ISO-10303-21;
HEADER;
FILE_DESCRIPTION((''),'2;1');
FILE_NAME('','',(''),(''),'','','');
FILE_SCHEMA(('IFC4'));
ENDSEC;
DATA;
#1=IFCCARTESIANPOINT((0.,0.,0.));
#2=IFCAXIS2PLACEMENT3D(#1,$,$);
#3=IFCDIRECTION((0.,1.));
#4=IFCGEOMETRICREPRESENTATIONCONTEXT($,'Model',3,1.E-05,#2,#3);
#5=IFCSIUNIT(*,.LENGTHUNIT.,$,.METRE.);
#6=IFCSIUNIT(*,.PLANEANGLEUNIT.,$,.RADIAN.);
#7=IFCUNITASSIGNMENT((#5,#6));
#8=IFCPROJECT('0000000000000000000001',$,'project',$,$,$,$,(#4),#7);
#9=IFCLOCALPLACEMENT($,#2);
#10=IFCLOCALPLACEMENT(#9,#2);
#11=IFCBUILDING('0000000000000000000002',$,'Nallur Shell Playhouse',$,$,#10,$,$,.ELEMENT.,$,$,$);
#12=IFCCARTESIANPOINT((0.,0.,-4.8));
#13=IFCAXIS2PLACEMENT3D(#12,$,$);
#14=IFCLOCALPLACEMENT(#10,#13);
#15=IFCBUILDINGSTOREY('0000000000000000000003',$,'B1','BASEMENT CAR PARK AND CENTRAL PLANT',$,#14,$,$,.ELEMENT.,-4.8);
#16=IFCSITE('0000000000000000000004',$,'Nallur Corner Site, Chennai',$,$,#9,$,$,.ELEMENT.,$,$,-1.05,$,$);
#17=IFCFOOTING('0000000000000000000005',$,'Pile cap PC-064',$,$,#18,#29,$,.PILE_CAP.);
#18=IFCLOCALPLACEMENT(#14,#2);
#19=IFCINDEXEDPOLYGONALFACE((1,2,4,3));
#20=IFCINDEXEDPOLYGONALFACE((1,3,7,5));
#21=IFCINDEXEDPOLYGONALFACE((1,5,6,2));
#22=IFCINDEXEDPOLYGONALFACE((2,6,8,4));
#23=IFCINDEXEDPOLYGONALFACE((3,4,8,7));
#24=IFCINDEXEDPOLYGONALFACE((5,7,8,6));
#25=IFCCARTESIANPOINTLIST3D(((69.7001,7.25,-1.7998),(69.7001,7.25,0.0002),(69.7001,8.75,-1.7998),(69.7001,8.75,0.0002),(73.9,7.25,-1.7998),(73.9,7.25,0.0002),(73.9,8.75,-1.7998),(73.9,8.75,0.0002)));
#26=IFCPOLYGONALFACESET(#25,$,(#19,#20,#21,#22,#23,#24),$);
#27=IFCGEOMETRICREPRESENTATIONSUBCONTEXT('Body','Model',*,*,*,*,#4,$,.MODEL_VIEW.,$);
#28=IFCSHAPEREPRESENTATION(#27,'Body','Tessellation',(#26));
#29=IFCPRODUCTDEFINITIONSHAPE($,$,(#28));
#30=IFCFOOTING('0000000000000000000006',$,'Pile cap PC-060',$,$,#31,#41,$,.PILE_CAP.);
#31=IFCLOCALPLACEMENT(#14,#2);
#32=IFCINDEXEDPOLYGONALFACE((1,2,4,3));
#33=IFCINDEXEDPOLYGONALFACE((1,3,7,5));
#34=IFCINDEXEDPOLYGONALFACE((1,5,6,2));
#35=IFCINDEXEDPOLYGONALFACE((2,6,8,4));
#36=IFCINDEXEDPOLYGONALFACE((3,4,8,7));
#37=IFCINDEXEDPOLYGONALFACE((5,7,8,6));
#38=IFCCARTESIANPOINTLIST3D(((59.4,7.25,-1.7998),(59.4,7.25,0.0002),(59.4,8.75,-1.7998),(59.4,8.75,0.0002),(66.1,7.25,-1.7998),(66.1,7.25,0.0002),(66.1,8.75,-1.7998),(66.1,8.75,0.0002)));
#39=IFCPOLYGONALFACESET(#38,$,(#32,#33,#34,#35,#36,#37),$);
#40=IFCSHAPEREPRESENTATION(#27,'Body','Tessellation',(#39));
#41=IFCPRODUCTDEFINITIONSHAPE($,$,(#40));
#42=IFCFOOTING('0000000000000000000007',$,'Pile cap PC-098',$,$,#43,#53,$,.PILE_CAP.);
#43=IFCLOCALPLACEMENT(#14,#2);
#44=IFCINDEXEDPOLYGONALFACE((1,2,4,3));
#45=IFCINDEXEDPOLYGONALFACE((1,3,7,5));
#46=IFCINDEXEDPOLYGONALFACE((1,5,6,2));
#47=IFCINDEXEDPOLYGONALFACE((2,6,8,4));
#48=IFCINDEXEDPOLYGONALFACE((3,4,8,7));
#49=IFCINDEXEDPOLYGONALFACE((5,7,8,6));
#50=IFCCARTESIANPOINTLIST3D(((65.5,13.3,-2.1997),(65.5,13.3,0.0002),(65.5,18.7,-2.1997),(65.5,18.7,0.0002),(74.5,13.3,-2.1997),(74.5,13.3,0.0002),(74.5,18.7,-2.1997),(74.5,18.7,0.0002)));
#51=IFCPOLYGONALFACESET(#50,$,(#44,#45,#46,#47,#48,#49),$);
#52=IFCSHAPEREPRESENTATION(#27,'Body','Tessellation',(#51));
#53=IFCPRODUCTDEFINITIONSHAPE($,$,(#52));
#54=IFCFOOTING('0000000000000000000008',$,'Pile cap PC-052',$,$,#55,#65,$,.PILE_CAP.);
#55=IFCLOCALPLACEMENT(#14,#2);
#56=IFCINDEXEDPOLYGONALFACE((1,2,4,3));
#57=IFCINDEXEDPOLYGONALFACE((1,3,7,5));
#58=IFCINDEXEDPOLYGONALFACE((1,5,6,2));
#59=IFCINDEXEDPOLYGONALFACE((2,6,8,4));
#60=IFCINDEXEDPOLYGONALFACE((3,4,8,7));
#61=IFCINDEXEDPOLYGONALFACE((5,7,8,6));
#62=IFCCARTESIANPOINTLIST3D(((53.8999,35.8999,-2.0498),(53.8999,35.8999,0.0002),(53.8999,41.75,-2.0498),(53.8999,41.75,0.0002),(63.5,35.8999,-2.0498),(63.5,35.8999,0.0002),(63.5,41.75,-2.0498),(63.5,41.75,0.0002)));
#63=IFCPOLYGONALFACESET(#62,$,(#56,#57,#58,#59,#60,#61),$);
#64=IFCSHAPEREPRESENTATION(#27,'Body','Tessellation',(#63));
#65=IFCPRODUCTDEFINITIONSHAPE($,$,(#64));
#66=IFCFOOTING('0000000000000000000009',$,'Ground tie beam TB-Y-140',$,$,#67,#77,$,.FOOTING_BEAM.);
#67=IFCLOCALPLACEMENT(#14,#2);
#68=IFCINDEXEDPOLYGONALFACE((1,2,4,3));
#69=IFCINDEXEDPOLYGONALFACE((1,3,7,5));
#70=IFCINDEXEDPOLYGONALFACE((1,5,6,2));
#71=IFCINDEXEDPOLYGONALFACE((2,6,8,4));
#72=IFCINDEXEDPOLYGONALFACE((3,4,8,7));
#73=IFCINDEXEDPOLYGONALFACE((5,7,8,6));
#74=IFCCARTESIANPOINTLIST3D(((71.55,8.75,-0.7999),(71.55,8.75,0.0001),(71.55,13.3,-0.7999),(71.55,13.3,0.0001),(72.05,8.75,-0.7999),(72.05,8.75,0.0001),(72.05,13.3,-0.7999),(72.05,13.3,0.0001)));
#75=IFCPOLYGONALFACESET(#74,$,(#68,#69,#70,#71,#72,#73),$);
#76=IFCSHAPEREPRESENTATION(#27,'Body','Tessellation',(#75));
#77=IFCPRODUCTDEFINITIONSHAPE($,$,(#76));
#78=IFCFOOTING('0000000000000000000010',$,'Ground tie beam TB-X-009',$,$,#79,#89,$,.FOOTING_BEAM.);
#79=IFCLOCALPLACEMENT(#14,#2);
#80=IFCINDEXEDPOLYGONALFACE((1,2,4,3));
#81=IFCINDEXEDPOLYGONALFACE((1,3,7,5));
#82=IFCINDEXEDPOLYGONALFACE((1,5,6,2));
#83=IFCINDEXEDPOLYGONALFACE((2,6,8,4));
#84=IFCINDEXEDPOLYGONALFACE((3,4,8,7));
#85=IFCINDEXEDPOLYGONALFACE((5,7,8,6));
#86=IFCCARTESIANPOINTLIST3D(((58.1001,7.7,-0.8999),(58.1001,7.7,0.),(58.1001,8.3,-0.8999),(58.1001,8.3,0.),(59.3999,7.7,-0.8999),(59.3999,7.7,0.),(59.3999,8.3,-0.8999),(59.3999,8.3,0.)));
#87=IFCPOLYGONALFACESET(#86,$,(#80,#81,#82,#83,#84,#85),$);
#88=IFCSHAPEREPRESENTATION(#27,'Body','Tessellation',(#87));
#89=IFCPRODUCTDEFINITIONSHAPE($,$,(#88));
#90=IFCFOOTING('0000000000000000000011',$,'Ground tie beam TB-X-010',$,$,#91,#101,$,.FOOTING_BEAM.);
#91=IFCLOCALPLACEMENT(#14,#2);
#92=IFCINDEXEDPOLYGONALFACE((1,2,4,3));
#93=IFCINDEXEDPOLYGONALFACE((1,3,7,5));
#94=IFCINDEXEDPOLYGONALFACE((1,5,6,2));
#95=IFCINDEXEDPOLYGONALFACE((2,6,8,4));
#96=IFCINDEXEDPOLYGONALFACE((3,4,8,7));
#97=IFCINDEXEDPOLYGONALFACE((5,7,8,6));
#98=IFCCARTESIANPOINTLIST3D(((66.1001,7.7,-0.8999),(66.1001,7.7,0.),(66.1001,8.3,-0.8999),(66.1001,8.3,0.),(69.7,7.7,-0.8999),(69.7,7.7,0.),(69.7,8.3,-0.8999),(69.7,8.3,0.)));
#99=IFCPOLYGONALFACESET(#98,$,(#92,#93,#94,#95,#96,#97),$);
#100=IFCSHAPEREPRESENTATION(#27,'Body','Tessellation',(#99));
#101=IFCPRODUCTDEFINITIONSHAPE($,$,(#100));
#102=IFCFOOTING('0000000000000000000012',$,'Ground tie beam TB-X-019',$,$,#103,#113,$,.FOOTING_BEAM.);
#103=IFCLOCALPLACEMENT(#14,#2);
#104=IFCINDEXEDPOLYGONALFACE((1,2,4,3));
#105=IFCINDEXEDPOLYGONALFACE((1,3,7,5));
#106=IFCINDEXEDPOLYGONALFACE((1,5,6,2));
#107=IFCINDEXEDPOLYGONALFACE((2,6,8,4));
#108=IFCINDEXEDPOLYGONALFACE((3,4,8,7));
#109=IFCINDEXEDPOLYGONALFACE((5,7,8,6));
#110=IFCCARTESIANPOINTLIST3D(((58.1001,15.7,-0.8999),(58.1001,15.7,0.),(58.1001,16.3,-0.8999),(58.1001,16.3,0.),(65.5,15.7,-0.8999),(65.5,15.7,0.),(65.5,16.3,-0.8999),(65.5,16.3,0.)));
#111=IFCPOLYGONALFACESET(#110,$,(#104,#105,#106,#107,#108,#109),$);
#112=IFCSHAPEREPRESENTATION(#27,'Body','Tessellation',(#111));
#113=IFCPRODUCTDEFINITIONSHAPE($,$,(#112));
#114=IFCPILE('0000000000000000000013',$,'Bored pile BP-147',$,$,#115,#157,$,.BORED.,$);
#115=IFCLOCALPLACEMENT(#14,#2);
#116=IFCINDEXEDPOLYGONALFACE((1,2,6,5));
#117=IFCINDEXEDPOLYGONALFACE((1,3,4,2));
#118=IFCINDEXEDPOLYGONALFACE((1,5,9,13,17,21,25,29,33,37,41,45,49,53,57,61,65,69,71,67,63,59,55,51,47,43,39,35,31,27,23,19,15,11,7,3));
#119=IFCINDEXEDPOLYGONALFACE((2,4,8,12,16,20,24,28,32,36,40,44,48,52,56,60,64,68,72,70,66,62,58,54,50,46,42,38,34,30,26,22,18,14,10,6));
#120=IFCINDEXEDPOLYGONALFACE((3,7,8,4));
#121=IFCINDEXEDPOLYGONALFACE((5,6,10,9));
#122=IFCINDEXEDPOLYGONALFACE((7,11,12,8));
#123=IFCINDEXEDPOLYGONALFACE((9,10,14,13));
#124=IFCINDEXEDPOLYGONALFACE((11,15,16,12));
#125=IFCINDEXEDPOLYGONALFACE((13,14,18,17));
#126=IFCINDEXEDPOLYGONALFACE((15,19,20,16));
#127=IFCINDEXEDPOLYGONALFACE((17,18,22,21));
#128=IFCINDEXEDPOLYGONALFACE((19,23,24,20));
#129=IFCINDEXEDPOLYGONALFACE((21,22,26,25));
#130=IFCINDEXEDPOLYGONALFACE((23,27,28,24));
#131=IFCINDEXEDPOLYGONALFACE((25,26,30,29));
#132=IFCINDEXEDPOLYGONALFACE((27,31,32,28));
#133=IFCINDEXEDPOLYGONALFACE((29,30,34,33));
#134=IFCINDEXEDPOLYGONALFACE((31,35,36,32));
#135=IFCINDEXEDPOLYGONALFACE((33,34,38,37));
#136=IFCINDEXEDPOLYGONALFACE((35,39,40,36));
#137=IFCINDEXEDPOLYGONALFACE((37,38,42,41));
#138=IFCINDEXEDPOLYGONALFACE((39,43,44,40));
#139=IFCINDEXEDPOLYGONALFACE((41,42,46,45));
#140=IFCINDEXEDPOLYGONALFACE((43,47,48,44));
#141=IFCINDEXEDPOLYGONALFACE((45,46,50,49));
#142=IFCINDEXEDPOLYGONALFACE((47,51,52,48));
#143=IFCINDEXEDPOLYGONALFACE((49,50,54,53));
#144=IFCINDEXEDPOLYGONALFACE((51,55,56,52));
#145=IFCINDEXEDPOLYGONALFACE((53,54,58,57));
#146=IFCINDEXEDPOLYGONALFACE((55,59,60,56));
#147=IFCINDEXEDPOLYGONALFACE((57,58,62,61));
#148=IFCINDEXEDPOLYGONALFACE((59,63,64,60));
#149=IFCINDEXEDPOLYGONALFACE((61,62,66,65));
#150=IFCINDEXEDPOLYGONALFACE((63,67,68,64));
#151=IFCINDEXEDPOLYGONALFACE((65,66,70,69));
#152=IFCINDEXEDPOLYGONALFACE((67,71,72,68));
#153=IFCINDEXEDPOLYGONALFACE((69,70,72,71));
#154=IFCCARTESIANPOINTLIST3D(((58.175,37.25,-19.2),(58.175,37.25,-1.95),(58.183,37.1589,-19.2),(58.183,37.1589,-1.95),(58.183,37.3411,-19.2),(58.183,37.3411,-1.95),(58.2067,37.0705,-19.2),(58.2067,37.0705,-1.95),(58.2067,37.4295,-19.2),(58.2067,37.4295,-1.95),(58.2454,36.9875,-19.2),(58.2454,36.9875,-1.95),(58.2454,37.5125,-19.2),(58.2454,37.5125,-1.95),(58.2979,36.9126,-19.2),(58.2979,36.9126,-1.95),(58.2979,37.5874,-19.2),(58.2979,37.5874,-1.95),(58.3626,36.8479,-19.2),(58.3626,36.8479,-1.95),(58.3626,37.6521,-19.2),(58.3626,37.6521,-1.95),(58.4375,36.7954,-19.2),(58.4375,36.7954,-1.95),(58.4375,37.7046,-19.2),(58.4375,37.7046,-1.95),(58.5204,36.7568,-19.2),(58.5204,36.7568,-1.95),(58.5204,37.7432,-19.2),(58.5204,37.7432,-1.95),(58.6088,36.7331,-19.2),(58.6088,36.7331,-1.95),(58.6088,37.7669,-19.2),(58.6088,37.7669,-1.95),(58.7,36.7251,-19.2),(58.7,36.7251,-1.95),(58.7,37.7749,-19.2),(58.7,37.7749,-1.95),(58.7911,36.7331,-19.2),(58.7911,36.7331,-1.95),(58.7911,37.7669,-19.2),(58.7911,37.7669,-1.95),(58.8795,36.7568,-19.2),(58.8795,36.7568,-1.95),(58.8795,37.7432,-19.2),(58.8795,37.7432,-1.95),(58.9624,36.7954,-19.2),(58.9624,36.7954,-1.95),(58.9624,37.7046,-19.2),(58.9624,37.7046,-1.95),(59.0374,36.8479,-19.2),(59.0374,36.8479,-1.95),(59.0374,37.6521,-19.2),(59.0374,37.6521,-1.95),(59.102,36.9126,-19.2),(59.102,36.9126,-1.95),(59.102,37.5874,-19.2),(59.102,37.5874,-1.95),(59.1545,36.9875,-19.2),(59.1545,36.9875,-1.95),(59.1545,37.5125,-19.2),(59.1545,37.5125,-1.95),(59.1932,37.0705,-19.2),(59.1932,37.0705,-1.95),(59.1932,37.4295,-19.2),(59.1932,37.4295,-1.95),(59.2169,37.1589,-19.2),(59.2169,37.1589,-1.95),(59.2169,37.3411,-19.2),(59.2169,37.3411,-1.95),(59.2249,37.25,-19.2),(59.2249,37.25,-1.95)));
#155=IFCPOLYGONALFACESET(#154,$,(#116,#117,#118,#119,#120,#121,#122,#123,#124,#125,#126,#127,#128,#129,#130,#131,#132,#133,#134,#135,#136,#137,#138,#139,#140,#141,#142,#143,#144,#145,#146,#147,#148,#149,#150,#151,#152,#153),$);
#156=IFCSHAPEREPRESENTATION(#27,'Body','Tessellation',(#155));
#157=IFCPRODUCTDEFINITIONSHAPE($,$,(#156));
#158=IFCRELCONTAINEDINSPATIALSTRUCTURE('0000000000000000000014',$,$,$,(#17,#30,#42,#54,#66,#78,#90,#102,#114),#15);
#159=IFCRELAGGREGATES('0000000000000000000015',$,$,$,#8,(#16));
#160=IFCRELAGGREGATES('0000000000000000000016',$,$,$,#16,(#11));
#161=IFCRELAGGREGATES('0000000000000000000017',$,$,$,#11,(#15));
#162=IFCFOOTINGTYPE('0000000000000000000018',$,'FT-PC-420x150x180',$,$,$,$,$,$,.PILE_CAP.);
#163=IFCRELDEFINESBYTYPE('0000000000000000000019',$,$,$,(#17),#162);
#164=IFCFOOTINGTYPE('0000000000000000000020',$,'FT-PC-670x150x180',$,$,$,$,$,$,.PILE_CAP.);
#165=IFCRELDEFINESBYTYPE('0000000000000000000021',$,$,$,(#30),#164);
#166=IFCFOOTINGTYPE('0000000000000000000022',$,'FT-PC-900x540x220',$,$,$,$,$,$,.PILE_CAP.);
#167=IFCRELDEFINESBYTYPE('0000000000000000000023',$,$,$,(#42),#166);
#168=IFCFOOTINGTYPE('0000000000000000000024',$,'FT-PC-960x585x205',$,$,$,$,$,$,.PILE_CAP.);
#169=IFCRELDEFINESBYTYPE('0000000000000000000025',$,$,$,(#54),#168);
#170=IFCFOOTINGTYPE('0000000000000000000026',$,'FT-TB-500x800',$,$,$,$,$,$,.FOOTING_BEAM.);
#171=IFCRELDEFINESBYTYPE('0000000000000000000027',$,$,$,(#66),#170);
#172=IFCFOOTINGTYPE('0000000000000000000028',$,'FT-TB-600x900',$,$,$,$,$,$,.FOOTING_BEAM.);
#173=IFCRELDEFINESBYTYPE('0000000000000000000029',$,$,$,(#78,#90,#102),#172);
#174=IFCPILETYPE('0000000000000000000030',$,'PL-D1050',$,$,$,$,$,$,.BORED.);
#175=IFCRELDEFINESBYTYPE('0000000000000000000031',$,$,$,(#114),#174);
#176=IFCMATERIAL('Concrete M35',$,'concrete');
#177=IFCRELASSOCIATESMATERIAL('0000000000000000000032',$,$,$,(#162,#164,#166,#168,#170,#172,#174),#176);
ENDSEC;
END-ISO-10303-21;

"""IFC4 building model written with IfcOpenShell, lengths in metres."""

from ifc_helpers import new_model, si_unit, direction, frame, origin, origin_2d, place, context, subcontext, project, spatial, rectangle, circle, extrude, material, material_profile, profile_set, type_object, element, save


model = new_model("IFC4")

# Units and contexts
model_context = context("Model", 3, precision=1e-05, world=origin(), true_north=direction((0.0, 1.0)))
body_context = subcontext(model_context, "Body", "Model", "MODEL_VIEW")
ifc_project = project(units=[si_unit("LENGTHUNIT", "METRE"), si_unit("PLANEANGLEUNIT", "RADIAN")], contexts=[model_context])

# Site, building, storey
site_placement = place(None, origin())
site = spatial("IfcSite", under=ifc_project, at=site_placement, Name="Nallur Corner Site, Chennai", CompositionType="ELEMENT", RefElevation=-1.05)
building_placement = place(site_placement, origin())
building = spatial("IfcBuilding", under=site, at=building_placement, Name="Nallur Shell Playhouse", CompositionType="ELEMENT")
storey_placement = place(building_placement, frame((0.0, 0.0, -4.8)))
storey = spatial("IfcBuildingStorey", under=building, at=storey_placement, Name="B1", Description="BASEMENT CAR PARK AND CENTRAL PLANT", CompositionType="ELEMENT", Elevation=-4.8)

# Footings
ifc_material_1 = material(Name="Concrete M35", Category="concrete")
footing_type_1 = type_object("IfcFootingType", Name="FT-PC-420x150x180", PredefinedType="PILE_CAP", material=ifc_material_1)
footing_1_placement = place(storey_placement, frame((71.8, 8.0, -1.7998), z_axis=(0.0, 0.0, 1.0), x_axis=(1.0, 0.0, 0.0)))
element("IfcFooting", 1, at=footing_1_placement, inside=storey, type_object=footing_type_1, Name="Pile cap PC-064", PredefinedType="PILE_CAP", context=body_context, shape_type="SweptSolid", body=[
    extrude(rectangle(XDim=4.2, YDim=1.5, at=origin_2d()), origin(), (0.0, 0.0, 1.0), 1.8),
])
footing_type_2 = type_object("IfcFootingType", Name="FT-PC-670x150x180", PredefinedType="PILE_CAP", material=ifc_material_1)
footing_2_placement = place(storey_placement, frame((62.75, 8.0, -1.7998), z_axis=(0.0, 0.0, 1.0), x_axis=(1.0, 0.0, 0.0)))
element("IfcFooting", 2, at=footing_2_placement, inside=storey, type_object=footing_type_2, Name="Pile cap PC-060", PredefinedType="PILE_CAP", context=body_context, shape_type="SweptSolid", body=[
    extrude(rectangle(XDim=6.7, YDim=1.5, at=origin_2d()), origin(), (0.0, 0.0, 1.0), 1.8),
])
footing_type_3 = type_object("IfcFootingType", Name="FT-PC-900x540x220", PredefinedType="PILE_CAP", material=ifc_material_1)
footing_3_placement = place(storey_placement, frame((70.0, 16.0, -2.1997), z_axis=(0.0, 0.0, 1.0), x_axis=(1.0, 0.0, 0.0)))
element("IfcFooting", 3, at=footing_3_placement, inside=storey, type_object=footing_type_3, Name="Pile cap PC-098", PredefinedType="PILE_CAP", context=body_context, shape_type="SweptSolid", body=[
    extrude(rectangle(XDim=9.0, YDim=5.3999, at=origin_2d()), origin(), (0.0, 0.0, 1.0), 2.2),
])
footing_type_4 = type_object("IfcFootingType", Name="FT-PC-960x585x205", PredefinedType="PILE_CAP", material=ifc_material_1)
footing_4_placement = place(storey_placement, frame((58.7, 38.825, -2.0498), z_axis=(0.0, 0.0, 1.0), x_axis=(1.0, 0.0, 0.0)))
element("IfcFooting", 4, at=footing_4_placement, inside=storey, type_object=footing_type_4, Name="Pile cap PC-052", PredefinedType="PILE_CAP", context=body_context, shape_type="SweptSolid", body=[
    extrude(rectangle(XDim=9.6001, YDim=5.8501, at=origin_2d()), origin(), (0.0, 0.0, 1.0), 2.05),
])
ifc_material_profile_1 = material_profile(ifc_material_1, rectangle(XDim=0.5, YDim=0.8, at=origin_2d()), Name="RC 500x800")
ifc_profile_set_1 = profile_set([ifc_material_profile_1], Name="Concrete M35")
footing_type_5 = type_object("IfcFootingType", Name="FT-TB-500x800", PredefinedType="FOOTING_BEAM", material=ifc_profile_set_1)
footing_5_placement = place(storey_placement, frame((71.8, 8.75, -0.3999), z_axis=(0.0, 1.0, 0.0), x_axis=(-1.0, 0.0, 0.0)))
element("IfcFooting", 5, at=footing_5_placement, inside=storey, type_object=footing_type_5, Name="Ground tie beam TB-Y-140", PredefinedType="FOOTING_BEAM", context=body_context, shape_type="SweptSolid", body=[
    extrude(rectangle(XDim=0.5, YDim=0.8, at=origin_2d()), origin(), (0.0, 0.0, 1.0), 4.55),
])
ifc_material_profile_2 = material_profile(ifc_material_1, rectangle(XDim=0.6001, YDim=0.8999, at=origin_2d()), Name="RC 600x900")
ifc_profile_set_2 = profile_set([ifc_material_profile_2], Name="Concrete M35")
footing_type_6 = type_object("IfcFootingType", Name="FT-TB-600x900", PredefinedType="FOOTING_BEAM", material=ifc_profile_set_2)
footing_6_placement = place(storey_placement, frame((58.1001, 8.0, -0.45), z_axis=(1.0, 0.0, 0.0), x_axis=(0.0, 1.0, 0.0)))
element("IfcFooting", 6, at=footing_6_placement, inside=storey, type_object=footing_type_6, Name="Ground tie beam TB-X-009", PredefinedType="FOOTING_BEAM", context=body_context, shape_type="SweptSolid", body=[
    extrude(rectangle(XDim=0.6001, YDim=0.8999, at=origin_2d()), origin(), (0.0, 0.0, 1.0), 1.2998),
])
footing_7_placement = place(storey_placement, frame((66.1001, 8.0, -0.45), z_axis=(1.0, 0.0, 0.0), x_axis=(0.0, 1.0, 0.0)))
element("IfcFooting", 7, at=footing_7_placement, inside=storey, type_object=footing_type_6, Name="Ground tie beam TB-X-010", PredefinedType="FOOTING_BEAM", context=body_context, shape_type="SweptSolid", body=[
    extrude(rectangle(XDim=0.6001, YDim=0.8999, at=origin_2d()), origin(), (0.0, 0.0, 1.0), 3.5999),
])
footing_8_placement = place(storey_placement, frame((58.1001, 16.0, -0.45), z_axis=(1.0, 0.0, 0.0), x_axis=(0.0, 1.0, 0.0)))
element("IfcFooting", 8, at=footing_8_placement, inside=storey, type_object=footing_type_6, Name="Ground tie beam TB-X-019", PredefinedType="FOOTING_BEAM", context=body_context, shape_type="SweptSolid", body=[
    extrude(rectangle(XDim=0.6001, YDim=0.8999, at=origin_2d()), origin(), (0.0, 0.0, 1.0), 7.3999),
])

# Pile
ifc_material_profile_3 = material_profile(ifc_material_1, circle(Radius=0.5249, at=origin_2d()), Name="BORED PILE D1050")
ifc_profile_set_3 = profile_set([ifc_material_profile_3], Name="Concrete M35")
pile_type_1 = type_object("IfcPileType", Name="PL-D1050", PredefinedType="BORED", material=ifc_profile_set_3)
for number, where, z_axis, x_axis, name in (
    (9, (58.7, 37.25, -1.95), (0.0, 0.0, -1.0), (1.0, 0.0, 0.0), "Bored pile BP-147"),
):
    element("IfcPile", number, at=place(storey_placement, frame(where, z_axis=z_axis, x_axis=x_axis)), inside=storey, type_object=pile_type_1, Name=name, PredefinedType="BORED", context=body_context, shape_type="SweptSolid", body=[
        extrude(circle(Radius=0.5249, at=origin_2d()), origin(), (0.0, 0.0, 1.0), 17.25),
    ])

save(model, "model.ifc")
